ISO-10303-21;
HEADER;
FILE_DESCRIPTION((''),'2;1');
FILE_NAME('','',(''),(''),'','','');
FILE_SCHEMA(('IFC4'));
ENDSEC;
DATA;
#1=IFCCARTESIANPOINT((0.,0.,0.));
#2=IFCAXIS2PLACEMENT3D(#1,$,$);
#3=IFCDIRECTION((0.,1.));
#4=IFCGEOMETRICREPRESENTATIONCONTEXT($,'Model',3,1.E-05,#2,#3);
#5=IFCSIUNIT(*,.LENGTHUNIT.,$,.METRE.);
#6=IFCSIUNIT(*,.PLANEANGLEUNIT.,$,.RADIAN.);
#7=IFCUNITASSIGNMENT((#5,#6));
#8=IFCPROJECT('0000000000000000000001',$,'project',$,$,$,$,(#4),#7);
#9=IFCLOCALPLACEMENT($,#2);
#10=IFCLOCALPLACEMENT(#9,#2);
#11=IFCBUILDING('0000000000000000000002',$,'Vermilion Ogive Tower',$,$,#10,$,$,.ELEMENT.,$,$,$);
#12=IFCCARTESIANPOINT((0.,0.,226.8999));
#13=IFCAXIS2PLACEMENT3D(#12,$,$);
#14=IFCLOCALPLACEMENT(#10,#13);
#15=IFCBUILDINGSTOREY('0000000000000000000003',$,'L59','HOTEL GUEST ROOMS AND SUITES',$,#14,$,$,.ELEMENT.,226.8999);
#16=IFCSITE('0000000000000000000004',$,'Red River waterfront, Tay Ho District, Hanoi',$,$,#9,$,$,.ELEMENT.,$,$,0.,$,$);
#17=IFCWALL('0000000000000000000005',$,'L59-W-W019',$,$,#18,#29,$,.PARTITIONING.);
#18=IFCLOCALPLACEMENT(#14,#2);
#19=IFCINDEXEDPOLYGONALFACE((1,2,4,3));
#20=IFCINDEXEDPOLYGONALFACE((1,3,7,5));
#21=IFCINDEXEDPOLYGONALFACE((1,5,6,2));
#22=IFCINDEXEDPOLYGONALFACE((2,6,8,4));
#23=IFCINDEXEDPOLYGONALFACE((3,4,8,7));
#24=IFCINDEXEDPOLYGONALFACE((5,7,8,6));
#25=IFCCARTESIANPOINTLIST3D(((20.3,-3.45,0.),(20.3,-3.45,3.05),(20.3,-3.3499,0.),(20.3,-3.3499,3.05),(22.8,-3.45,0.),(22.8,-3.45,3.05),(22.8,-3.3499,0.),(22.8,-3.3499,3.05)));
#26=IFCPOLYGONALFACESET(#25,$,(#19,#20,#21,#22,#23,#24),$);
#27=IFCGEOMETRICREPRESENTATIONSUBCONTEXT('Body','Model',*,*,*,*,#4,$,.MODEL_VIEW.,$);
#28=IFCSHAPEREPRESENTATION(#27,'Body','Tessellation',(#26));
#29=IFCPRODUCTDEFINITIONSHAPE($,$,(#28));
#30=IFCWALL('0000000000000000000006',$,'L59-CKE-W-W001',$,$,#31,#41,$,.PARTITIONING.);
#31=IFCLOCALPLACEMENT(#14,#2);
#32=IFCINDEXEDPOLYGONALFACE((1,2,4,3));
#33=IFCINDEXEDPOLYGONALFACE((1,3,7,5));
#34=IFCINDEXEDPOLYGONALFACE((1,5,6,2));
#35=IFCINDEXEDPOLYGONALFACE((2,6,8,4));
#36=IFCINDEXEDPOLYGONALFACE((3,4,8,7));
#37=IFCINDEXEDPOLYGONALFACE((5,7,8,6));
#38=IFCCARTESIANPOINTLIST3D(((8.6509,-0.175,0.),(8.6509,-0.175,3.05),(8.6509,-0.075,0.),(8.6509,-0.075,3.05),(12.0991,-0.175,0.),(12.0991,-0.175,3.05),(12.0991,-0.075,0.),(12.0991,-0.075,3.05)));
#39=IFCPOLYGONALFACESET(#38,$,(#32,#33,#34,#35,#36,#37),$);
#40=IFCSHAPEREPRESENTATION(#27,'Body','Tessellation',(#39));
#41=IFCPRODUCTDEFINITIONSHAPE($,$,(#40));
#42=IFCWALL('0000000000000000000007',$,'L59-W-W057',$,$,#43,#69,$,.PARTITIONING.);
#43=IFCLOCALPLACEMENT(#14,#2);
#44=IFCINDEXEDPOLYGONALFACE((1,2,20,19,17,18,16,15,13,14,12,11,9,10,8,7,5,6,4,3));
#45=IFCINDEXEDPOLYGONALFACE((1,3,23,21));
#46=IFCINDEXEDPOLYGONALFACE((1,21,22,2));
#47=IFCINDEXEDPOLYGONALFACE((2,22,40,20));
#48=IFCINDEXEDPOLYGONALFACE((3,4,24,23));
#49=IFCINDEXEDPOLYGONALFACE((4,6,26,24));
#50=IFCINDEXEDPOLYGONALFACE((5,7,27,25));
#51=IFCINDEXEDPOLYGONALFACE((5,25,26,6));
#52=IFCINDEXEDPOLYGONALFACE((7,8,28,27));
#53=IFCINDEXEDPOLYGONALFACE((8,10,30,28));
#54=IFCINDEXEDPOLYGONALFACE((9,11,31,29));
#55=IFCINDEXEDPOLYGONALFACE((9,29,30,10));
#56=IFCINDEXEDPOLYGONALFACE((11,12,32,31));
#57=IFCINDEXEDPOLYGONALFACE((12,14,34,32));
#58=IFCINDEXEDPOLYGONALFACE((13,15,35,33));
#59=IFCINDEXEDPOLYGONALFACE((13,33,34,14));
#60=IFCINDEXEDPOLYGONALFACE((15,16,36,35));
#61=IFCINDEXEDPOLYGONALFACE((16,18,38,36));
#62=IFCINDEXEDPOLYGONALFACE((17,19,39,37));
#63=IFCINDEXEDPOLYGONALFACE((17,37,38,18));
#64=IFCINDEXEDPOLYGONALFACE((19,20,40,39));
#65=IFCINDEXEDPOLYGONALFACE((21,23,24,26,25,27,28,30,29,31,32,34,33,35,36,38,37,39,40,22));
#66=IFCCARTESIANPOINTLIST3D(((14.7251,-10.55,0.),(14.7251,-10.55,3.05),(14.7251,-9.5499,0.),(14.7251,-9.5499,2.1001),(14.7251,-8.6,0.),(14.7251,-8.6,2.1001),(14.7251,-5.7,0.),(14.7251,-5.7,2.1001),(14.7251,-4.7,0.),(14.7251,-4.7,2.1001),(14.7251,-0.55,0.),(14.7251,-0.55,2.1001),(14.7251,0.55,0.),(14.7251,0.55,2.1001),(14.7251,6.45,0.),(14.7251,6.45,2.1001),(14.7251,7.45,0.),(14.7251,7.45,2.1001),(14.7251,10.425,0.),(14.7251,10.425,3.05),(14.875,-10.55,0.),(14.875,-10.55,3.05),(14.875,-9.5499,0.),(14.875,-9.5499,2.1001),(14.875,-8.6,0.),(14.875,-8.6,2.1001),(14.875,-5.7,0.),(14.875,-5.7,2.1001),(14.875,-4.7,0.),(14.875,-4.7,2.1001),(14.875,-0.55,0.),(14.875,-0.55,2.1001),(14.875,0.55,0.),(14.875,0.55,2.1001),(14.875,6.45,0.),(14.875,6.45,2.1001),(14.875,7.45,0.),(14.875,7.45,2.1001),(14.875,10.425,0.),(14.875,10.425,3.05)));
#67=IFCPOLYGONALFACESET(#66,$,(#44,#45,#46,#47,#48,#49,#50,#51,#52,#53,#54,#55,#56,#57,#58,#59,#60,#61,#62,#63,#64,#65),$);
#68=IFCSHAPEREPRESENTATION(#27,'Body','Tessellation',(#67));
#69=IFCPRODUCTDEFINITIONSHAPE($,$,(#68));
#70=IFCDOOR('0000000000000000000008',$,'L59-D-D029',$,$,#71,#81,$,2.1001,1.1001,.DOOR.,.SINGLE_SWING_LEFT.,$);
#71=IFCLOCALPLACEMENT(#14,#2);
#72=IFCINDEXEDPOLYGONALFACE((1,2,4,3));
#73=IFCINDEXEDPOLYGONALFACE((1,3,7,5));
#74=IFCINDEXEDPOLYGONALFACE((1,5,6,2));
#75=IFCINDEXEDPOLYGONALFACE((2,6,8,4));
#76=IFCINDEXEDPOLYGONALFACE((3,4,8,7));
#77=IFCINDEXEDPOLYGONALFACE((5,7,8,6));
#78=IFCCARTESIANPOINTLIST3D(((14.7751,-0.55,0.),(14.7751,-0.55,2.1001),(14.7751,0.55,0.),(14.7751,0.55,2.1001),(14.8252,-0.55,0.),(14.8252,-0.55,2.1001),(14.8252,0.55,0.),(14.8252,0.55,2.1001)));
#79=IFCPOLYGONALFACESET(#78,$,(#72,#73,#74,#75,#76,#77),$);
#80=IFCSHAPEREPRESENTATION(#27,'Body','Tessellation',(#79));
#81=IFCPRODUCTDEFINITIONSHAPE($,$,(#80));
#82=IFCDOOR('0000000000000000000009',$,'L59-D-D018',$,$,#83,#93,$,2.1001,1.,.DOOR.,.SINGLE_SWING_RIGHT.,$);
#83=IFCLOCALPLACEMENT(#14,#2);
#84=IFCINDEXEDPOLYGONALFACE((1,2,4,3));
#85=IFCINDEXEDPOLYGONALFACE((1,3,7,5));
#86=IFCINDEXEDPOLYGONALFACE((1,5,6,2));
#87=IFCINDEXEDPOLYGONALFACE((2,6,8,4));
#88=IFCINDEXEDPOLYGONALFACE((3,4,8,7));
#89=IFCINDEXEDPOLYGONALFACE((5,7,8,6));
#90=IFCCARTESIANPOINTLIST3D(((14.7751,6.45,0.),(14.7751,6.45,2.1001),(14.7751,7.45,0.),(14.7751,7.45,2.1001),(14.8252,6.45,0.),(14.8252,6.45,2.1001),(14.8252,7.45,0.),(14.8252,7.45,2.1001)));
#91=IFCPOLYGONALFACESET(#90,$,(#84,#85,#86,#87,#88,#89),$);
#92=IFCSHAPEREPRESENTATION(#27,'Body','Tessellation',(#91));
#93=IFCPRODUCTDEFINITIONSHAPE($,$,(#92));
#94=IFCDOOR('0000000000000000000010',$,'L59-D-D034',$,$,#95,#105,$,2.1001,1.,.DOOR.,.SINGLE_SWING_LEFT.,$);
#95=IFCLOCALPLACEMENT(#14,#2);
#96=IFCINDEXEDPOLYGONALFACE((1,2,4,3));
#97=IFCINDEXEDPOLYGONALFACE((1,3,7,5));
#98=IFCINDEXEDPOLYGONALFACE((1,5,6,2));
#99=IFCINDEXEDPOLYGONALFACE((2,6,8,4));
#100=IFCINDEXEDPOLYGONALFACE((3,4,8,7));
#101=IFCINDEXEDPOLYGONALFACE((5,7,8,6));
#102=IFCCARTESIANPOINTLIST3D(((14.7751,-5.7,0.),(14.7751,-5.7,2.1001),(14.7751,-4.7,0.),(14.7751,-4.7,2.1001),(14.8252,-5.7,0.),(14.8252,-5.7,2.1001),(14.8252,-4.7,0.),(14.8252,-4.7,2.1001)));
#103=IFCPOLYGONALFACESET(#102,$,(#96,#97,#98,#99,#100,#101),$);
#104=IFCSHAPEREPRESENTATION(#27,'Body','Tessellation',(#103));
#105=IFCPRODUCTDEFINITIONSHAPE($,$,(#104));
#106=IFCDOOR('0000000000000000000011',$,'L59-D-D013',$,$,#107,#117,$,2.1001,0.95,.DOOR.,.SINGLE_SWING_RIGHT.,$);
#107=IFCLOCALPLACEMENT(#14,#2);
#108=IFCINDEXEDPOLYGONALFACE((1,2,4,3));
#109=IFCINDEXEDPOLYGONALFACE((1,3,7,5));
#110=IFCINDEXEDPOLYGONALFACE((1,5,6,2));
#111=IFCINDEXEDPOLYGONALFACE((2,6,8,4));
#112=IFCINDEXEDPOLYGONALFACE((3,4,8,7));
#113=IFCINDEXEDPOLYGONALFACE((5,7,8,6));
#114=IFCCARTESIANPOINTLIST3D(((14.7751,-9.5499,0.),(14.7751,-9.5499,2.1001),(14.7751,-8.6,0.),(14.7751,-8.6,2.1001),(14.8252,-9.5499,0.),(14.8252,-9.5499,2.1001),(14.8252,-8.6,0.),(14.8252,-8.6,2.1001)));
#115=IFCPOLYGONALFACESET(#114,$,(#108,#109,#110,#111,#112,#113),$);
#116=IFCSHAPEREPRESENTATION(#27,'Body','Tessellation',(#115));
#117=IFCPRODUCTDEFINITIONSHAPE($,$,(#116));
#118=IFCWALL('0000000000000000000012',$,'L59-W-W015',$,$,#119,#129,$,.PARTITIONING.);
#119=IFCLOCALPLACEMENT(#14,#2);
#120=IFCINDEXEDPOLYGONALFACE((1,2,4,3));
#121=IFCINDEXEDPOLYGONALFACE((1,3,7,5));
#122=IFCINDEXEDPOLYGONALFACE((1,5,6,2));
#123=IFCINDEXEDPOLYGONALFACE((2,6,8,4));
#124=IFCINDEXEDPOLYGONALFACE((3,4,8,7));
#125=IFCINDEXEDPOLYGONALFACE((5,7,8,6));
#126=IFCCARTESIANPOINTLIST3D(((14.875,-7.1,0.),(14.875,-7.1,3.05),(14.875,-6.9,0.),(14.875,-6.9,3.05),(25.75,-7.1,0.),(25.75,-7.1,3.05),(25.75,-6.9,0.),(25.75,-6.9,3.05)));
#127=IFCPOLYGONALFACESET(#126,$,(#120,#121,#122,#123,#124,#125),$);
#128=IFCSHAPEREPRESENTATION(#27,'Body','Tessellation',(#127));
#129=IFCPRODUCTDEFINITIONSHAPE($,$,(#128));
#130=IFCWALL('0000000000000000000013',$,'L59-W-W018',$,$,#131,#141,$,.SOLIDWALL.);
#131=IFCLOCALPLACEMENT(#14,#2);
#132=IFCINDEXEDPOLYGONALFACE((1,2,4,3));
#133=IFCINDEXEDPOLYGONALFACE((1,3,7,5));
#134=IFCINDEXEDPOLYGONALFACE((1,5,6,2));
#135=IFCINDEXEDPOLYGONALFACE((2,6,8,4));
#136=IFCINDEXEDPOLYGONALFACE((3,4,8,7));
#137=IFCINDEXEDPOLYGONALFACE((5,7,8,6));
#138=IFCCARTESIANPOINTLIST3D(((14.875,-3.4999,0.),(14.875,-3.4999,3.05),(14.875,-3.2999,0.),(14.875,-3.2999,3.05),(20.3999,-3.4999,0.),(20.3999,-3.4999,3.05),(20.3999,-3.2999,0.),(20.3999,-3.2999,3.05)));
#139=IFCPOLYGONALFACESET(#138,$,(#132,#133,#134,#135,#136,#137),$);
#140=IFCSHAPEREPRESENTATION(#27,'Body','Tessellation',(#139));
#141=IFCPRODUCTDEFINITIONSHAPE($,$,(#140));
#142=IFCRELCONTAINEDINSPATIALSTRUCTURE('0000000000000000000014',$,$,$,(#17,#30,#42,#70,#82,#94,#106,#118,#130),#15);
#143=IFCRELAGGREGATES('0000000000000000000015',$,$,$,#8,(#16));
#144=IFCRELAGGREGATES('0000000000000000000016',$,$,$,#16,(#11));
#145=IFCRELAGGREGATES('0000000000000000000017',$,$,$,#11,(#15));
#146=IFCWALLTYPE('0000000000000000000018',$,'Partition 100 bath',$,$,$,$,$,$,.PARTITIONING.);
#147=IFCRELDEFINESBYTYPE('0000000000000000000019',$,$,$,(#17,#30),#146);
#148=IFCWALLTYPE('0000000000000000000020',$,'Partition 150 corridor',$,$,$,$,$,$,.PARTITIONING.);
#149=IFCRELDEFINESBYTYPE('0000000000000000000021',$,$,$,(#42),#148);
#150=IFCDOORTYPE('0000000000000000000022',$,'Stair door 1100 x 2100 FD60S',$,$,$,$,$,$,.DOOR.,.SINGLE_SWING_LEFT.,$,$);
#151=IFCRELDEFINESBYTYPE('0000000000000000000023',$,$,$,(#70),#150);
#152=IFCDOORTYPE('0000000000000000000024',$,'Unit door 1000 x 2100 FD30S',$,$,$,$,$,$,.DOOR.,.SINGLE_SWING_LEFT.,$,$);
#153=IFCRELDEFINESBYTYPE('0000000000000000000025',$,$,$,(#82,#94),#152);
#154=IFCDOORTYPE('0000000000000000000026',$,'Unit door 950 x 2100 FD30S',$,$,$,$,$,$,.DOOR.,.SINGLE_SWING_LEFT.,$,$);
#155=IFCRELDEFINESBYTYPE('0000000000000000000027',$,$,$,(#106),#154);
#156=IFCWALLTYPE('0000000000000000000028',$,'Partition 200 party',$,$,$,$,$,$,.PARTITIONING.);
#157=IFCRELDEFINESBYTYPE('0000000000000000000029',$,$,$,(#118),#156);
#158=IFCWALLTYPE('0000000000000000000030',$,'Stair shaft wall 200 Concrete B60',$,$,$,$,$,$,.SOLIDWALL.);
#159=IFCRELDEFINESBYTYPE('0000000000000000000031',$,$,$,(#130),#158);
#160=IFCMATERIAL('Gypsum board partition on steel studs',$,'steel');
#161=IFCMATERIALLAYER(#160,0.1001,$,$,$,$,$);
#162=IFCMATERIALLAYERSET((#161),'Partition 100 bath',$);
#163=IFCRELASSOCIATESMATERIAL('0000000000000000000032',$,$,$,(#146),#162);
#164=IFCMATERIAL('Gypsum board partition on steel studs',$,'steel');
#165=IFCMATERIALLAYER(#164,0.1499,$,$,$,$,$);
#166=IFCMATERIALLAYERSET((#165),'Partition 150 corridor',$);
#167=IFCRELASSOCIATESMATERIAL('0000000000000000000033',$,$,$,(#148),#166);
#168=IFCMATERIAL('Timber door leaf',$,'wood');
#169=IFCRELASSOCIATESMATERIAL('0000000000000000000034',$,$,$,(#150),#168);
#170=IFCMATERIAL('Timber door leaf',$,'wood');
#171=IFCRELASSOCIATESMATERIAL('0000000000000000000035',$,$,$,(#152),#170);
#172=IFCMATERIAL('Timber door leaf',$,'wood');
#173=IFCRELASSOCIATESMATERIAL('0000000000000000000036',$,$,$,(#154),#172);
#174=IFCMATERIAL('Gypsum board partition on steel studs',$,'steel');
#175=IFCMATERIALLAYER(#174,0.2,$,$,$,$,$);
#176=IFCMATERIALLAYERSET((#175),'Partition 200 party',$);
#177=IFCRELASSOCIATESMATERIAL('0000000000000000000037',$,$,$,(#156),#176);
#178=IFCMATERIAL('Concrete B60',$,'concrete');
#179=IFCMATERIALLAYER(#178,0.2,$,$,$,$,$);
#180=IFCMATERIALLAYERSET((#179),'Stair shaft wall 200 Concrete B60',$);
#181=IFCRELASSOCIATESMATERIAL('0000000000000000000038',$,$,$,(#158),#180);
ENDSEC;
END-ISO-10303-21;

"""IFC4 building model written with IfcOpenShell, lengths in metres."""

from ifc_helpers import new_model, si_unit, direction, frame, frame_2d, origin, place, context, subcontext, project, spatial, rectangle, extrude, material, layer, layer_set, type_object, element, fill, save


model = new_model("IFC4")

# Units and contexts
model_context = context("Model", 3, precision=1e-05, world=origin(), true_north=direction((0.0, 1.0)))
body_context = subcontext(model_context, "Body", "Model", "MODEL_VIEW")
ifc_project = project(units=[si_unit("LENGTHUNIT", "METRE"), si_unit("PLANEANGLEUNIT", "RADIAN")], contexts=[model_context])

# Site, building, storey
site_placement = place(None, origin())
site = spatial("IfcSite", under=ifc_project, at=site_placement, Name="Red River waterfront, Tay Ho District, Hanoi", CompositionType="ELEMENT", RefElevation=0.0)
building_placement = place(site_placement, origin())
building = spatial("IfcBuilding", under=site, at=building_placement, Name="Vermilion Ogive Tower", CompositionType="ELEMENT")
storey_placement = place(building_placement, frame((0.0, 0.0, 226.8999)))
storey = spatial("IfcBuildingStorey", under=building, at=storey_placement, Name="L59", Description="HOTEL GUEST ROOMS AND SUITES", CompositionType="ELEMENT", Elevation=226.8999)

# Walls
ifc_material_1 = material(Name="Gypsum board partition on steel studs", Category="steel")
ifc_layer_1 = layer(ifc_material_1, 0.1001)
ifc_layer_set_1 = layer_set([ifc_layer_1], Name="Partition 100 bath")
wall_type_1 = type_object("IfcWallType", Name="Partition 100 bath", PredefinedType="PARTITIONING", material=ifc_layer_set_1)
wall_1_placement = place(storey_placement, frame((20.3, -3.3999, 0.0), z_axis=(0.0, 0.0, 1.0), x_axis=(1.0, 0.0, 0.0)))
element("IfcWall", 1, at=wall_1_placement, inside=storey, type_object=wall_type_1, Name="L59-W-W019", PredefinedType="PARTITIONING", context=body_context, shape_type="SweptSolid", body=[
    extrude(rectangle(XDim=2.5, YDim=0.1001, at=frame_2d((1.25, 0.0))), origin(), (0.0, 0.0, 1.0), 3.05),
])
wall_2_placement = place(storey_placement, frame((8.6509, -0.125, 0.0), z_axis=(0.0, 0.0, 1.0), x_axis=(1.0, 0.0, 0.0)))
element("IfcWall", 2, at=wall_2_placement, inside=storey, type_object=wall_type_1, Name="L59-CKE-W-W001", PredefinedType="PARTITIONING", context=body_context, shape_type="SweptSolid", body=[
    extrude(rectangle(XDim=3.4482, YDim=0.1001, at=frame_2d((1.7241, 0.0))), origin(), (0.0, 0.0, 1.0), 3.05),
])

# Wall, openings, doors
ifc_material_2 = material(Name="Gypsum board partition on steel studs", Category="steel")
ifc_layer_2 = layer(ifc_material_2, 0.1499)
ifc_layer_set_2 = layer_set([ifc_layer_2], Name="Partition 150 corridor")
wall_type_2 = type_object("IfcWallType", Name="Partition 150 corridor", PredefinedType="PARTITIONING", material=ifc_layer_set_2)
wall_3_placement = place(storey_placement, frame((14.8, -10.55, 0.0), z_axis=(0.0, 0.0, 1.0), x_axis=(0.0, 1.0, 0.0)))
wall_3 = element("IfcWall", 3, at=wall_3_placement, inside=storey, type_object=wall_type_2, Name="L59-W-W057", PredefinedType="PARTITIONING", context=body_context, shape_type="SweptSolid", body=[
    extrude(rectangle(XDim=20.9751, YDim=0.1499, at=frame_2d((10.4875, 0.0))), origin(), (0.0, 0.0, 1.0), 3.05),
])
opening_1_placement = place(wall_3_placement, frame((1.0, 0.0, 0.0)))
opening_1 = element("IfcOpeningElement", 4, at=opening_1_placement, cuts=wall_3, PredefinedType="OPENING", context=body_context, shape_type="SweptSolid", body=[
    extrude(rectangle(XDim=0.95, YDim=2.1001, at=frame_2d((0.4751, 1.05))), frame((0.0, 0.085, 0.0), z_axis=(0.0, -1.0, 0.0), x_axis=(1.0, 0.0, 0.0)), (0.0, 0.0, 1.0), 0.1699),
])
opening_2_placement = place(wall_3_placement, frame((17.0, 0.0, 0.0)))
opening_2 = element("IfcOpeningElement", 5, at=opening_2_placement, cuts=wall_3, PredefinedType="OPENING", context=body_context, shape_type="SweptSolid", body=[
    extrude(rectangle(XDim=1.0, YDim=2.1001, at=frame_2d((0.5, 1.05))), frame((0.0, 0.085, 0.0), z_axis=(0.0, -1.0, 0.0), x_axis=(1.0, 0.0, 0.0)), (0.0, 0.0, 1.0), 0.1699),
])
opening_3_placement = place(wall_3_placement, frame((10.0, 0.0, 0.0)))
opening_3 = element("IfcOpeningElement", 6, at=opening_3_placement, cuts=wall_3, PredefinedType="OPENING", context=body_context, shape_type="SweptSolid", body=[
    extrude(rectangle(XDim=1.1001, YDim=2.1001, at=frame_2d((0.55, 1.05))), frame((0.0, 0.085, 0.0), z_axis=(0.0, -1.0, 0.0), x_axis=(1.0, 0.0, 0.0)), (0.0, 0.0, 1.0), 0.1699),
])
opening_4_placement = place(wall_3_placement, frame((4.8501, 0.0, 0.0)))
opening_4 = element("IfcOpeningElement", 7, at=opening_4_placement, cuts=wall_3, PredefinedType="OPENING", context=body_context, shape_type="SweptSolid", body=[
    extrude(rectangle(XDim=1.0, YDim=2.1001, at=frame_2d((0.5, 1.05))), frame((0.0, 0.085, 0.0), z_axis=(0.0, -1.0, 0.0), x_axis=(1.0, 0.0, 0.0)), (0.0, 0.0, 1.0), 0.1699),
])
ifc_material_3 = material(Name="Timber door leaf", Category="wood")
door_type_1 = type_object("IfcDoorType", Name="Stair door 1100 x 2100 FD60S", OperationType="SINGLE_SWING_LEFT", PredefinedType="DOOR", material=ifc_material_3)
door_1_placement = place(opening_3_placement, origin())
door_1 = element("IfcDoor", 8, at=door_1_placement, inside=storey, type_object=door_type_1, Name="L59-D-D029", OperationType="SINGLE_SWING_LEFT", OverallHeight=2.1001, OverallWidth=1.1001, PredefinedType="DOOR", context=body_context, shape_type="SweptSolid", body=[
    extrude(rectangle(XDim=1.1001, YDim=2.1001, at=frame_2d((0.55, 1.05))), frame((0.0, 0.0249, 0.0), z_axis=(0.0, -1.0, 0.0), x_axis=(1.0, 0.0, 0.0)), (0.0, 0.0, 1.0), 0.05),
])
fill(opening_3, door_1)
ifc_material_4 = material(Name="Timber door leaf", Category="wood")
door_type_2 = type_object("IfcDoorType", Name="Unit door 1000 x 2100 FD30S", OperationType="SINGLE_SWING_LEFT", PredefinedType="DOOR", material=ifc_material_4)
door_2_placement = place(opening_2_placement, origin())
door_2 = element("IfcDoor", 9, at=door_2_placement, inside=storey, type_object=door_type_2, Name="L59-D-D018", OperationType="SINGLE_SWING_RIGHT", OverallHeight=2.1001, OverallWidth=1.0, PredefinedType="DOOR", context=body_context, shape_type="SweptSolid", body=[
    extrude(rectangle(XDim=1.0, YDim=2.1001, at=frame_2d((0.5, 1.05))), frame((0.0, 0.0249, 0.0), z_axis=(0.0, -1.0, 0.0), x_axis=(1.0, 0.0, 0.0)), (0.0, 0.0, 1.0), 0.05),
])
fill(opening_2, door_2)
door_3_placement = place(opening_4_placement, origin())
door_3 = element("IfcDoor", 10, at=door_3_placement, inside=storey, type_object=door_type_2, Name="L59-D-D034", OperationType="SINGLE_SWING_LEFT", OverallHeight=2.1001, OverallWidth=1.0, PredefinedType="DOOR", context=body_context, shape_type="SweptSolid", body=[
    extrude(rectangle(XDim=1.0, YDim=2.1001, at=frame_2d((0.5, 1.05))), frame((0.0, 0.0249, 0.0), z_axis=(0.0, -1.0, 0.0), x_axis=(1.0, 0.0, 0.0)), (0.0, 0.0, 1.0), 0.05),
])
fill(opening_4, door_3)
ifc_material_5 = material(Name="Timber door leaf", Category="wood")
door_type_3 = type_object("IfcDoorType", Name="Unit door 950 x 2100 FD30S", OperationType="SINGLE_SWING_LEFT", PredefinedType="DOOR", material=ifc_material_5)
door_4_placement = place(opening_1_placement, origin())
door_4 = element("IfcDoor", 11, at=door_4_placement, inside=storey, type_object=door_type_3, Name="L59-D-D013", OperationType="SINGLE_SWING_RIGHT", OverallHeight=2.1001, OverallWidth=0.95, PredefinedType="DOOR", context=body_context, shape_type="SweptSolid", body=[
    extrude(rectangle(XDim=0.95, YDim=2.1001, at=frame_2d((0.4751, 1.05))), frame((0.0, 0.0249, 0.0), z_axis=(0.0, -1.0, 0.0), x_axis=(1.0, 0.0, 0.0)), (0.0, 0.0, 1.0), 0.05),
])
fill(opening_1, door_4)

# Walls
ifc_material_6 = material(Name="Gypsum board partition on steel studs", Category="steel")
ifc_layer_3 = layer(ifc_material_6, 0.2)
ifc_layer_set_3 = layer_set([ifc_layer_3], Name="Partition 200 party")
wall_type_3 = type_object("IfcWallType", Name="Partition 200 party", PredefinedType="PARTITIONING", material=ifc_layer_set_3)
wall_4_placement = place(storey_placement, frame((14.875, -7.0, 0.0), z_axis=(0.0, 0.0, 1.0), x_axis=(1.0, 0.0, 0.0)))
element("IfcWall", 12, at=wall_4_placement, inside=storey, type_object=wall_type_3, Name="L59-W-W015", PredefinedType="PARTITIONING", context=body_context, shape_type="SweptSolid", body=[
    extrude(rectangle(XDim=10.875, YDim=0.2, at=frame_2d((5.4375, 0.0))), origin(), (0.0, 0.0, 1.0), 3.05),
])
ifc_material_7 = material(Name="Concrete B60", Category="concrete")
ifc_layer_4 = layer(ifc_material_7, 0.2)
ifc_layer_set_4 = layer_set([ifc_layer_4], Name="Stair shaft wall 200 Concrete B60")
wall_type_4 = type_object("IfcWallType", Name="Stair shaft wall 200 Concrete B60", PredefinedType="SOLIDWALL", material=ifc_layer_set_4)
wall_5_placement = place(storey_placement, frame((14.875, -3.3999, 0.0), z_axis=(0.0, 0.0, 1.0), x_axis=(1.0, 0.0, 0.0)))
element("IfcWall", 13, at=wall_5_placement, inside=storey, type_object=wall_type_4, Name="L59-W-W018", PredefinedType="SOLIDWALL", context=body_context, shape_type="SweptSolid", body=[
    extrude(rectangle(XDim=5.5249, YDim=0.2, at=frame_2d((2.7625, 0.0))), origin(), (0.0, 0.0, 1.0), 3.05),
])

save(model, "model.ifc")
